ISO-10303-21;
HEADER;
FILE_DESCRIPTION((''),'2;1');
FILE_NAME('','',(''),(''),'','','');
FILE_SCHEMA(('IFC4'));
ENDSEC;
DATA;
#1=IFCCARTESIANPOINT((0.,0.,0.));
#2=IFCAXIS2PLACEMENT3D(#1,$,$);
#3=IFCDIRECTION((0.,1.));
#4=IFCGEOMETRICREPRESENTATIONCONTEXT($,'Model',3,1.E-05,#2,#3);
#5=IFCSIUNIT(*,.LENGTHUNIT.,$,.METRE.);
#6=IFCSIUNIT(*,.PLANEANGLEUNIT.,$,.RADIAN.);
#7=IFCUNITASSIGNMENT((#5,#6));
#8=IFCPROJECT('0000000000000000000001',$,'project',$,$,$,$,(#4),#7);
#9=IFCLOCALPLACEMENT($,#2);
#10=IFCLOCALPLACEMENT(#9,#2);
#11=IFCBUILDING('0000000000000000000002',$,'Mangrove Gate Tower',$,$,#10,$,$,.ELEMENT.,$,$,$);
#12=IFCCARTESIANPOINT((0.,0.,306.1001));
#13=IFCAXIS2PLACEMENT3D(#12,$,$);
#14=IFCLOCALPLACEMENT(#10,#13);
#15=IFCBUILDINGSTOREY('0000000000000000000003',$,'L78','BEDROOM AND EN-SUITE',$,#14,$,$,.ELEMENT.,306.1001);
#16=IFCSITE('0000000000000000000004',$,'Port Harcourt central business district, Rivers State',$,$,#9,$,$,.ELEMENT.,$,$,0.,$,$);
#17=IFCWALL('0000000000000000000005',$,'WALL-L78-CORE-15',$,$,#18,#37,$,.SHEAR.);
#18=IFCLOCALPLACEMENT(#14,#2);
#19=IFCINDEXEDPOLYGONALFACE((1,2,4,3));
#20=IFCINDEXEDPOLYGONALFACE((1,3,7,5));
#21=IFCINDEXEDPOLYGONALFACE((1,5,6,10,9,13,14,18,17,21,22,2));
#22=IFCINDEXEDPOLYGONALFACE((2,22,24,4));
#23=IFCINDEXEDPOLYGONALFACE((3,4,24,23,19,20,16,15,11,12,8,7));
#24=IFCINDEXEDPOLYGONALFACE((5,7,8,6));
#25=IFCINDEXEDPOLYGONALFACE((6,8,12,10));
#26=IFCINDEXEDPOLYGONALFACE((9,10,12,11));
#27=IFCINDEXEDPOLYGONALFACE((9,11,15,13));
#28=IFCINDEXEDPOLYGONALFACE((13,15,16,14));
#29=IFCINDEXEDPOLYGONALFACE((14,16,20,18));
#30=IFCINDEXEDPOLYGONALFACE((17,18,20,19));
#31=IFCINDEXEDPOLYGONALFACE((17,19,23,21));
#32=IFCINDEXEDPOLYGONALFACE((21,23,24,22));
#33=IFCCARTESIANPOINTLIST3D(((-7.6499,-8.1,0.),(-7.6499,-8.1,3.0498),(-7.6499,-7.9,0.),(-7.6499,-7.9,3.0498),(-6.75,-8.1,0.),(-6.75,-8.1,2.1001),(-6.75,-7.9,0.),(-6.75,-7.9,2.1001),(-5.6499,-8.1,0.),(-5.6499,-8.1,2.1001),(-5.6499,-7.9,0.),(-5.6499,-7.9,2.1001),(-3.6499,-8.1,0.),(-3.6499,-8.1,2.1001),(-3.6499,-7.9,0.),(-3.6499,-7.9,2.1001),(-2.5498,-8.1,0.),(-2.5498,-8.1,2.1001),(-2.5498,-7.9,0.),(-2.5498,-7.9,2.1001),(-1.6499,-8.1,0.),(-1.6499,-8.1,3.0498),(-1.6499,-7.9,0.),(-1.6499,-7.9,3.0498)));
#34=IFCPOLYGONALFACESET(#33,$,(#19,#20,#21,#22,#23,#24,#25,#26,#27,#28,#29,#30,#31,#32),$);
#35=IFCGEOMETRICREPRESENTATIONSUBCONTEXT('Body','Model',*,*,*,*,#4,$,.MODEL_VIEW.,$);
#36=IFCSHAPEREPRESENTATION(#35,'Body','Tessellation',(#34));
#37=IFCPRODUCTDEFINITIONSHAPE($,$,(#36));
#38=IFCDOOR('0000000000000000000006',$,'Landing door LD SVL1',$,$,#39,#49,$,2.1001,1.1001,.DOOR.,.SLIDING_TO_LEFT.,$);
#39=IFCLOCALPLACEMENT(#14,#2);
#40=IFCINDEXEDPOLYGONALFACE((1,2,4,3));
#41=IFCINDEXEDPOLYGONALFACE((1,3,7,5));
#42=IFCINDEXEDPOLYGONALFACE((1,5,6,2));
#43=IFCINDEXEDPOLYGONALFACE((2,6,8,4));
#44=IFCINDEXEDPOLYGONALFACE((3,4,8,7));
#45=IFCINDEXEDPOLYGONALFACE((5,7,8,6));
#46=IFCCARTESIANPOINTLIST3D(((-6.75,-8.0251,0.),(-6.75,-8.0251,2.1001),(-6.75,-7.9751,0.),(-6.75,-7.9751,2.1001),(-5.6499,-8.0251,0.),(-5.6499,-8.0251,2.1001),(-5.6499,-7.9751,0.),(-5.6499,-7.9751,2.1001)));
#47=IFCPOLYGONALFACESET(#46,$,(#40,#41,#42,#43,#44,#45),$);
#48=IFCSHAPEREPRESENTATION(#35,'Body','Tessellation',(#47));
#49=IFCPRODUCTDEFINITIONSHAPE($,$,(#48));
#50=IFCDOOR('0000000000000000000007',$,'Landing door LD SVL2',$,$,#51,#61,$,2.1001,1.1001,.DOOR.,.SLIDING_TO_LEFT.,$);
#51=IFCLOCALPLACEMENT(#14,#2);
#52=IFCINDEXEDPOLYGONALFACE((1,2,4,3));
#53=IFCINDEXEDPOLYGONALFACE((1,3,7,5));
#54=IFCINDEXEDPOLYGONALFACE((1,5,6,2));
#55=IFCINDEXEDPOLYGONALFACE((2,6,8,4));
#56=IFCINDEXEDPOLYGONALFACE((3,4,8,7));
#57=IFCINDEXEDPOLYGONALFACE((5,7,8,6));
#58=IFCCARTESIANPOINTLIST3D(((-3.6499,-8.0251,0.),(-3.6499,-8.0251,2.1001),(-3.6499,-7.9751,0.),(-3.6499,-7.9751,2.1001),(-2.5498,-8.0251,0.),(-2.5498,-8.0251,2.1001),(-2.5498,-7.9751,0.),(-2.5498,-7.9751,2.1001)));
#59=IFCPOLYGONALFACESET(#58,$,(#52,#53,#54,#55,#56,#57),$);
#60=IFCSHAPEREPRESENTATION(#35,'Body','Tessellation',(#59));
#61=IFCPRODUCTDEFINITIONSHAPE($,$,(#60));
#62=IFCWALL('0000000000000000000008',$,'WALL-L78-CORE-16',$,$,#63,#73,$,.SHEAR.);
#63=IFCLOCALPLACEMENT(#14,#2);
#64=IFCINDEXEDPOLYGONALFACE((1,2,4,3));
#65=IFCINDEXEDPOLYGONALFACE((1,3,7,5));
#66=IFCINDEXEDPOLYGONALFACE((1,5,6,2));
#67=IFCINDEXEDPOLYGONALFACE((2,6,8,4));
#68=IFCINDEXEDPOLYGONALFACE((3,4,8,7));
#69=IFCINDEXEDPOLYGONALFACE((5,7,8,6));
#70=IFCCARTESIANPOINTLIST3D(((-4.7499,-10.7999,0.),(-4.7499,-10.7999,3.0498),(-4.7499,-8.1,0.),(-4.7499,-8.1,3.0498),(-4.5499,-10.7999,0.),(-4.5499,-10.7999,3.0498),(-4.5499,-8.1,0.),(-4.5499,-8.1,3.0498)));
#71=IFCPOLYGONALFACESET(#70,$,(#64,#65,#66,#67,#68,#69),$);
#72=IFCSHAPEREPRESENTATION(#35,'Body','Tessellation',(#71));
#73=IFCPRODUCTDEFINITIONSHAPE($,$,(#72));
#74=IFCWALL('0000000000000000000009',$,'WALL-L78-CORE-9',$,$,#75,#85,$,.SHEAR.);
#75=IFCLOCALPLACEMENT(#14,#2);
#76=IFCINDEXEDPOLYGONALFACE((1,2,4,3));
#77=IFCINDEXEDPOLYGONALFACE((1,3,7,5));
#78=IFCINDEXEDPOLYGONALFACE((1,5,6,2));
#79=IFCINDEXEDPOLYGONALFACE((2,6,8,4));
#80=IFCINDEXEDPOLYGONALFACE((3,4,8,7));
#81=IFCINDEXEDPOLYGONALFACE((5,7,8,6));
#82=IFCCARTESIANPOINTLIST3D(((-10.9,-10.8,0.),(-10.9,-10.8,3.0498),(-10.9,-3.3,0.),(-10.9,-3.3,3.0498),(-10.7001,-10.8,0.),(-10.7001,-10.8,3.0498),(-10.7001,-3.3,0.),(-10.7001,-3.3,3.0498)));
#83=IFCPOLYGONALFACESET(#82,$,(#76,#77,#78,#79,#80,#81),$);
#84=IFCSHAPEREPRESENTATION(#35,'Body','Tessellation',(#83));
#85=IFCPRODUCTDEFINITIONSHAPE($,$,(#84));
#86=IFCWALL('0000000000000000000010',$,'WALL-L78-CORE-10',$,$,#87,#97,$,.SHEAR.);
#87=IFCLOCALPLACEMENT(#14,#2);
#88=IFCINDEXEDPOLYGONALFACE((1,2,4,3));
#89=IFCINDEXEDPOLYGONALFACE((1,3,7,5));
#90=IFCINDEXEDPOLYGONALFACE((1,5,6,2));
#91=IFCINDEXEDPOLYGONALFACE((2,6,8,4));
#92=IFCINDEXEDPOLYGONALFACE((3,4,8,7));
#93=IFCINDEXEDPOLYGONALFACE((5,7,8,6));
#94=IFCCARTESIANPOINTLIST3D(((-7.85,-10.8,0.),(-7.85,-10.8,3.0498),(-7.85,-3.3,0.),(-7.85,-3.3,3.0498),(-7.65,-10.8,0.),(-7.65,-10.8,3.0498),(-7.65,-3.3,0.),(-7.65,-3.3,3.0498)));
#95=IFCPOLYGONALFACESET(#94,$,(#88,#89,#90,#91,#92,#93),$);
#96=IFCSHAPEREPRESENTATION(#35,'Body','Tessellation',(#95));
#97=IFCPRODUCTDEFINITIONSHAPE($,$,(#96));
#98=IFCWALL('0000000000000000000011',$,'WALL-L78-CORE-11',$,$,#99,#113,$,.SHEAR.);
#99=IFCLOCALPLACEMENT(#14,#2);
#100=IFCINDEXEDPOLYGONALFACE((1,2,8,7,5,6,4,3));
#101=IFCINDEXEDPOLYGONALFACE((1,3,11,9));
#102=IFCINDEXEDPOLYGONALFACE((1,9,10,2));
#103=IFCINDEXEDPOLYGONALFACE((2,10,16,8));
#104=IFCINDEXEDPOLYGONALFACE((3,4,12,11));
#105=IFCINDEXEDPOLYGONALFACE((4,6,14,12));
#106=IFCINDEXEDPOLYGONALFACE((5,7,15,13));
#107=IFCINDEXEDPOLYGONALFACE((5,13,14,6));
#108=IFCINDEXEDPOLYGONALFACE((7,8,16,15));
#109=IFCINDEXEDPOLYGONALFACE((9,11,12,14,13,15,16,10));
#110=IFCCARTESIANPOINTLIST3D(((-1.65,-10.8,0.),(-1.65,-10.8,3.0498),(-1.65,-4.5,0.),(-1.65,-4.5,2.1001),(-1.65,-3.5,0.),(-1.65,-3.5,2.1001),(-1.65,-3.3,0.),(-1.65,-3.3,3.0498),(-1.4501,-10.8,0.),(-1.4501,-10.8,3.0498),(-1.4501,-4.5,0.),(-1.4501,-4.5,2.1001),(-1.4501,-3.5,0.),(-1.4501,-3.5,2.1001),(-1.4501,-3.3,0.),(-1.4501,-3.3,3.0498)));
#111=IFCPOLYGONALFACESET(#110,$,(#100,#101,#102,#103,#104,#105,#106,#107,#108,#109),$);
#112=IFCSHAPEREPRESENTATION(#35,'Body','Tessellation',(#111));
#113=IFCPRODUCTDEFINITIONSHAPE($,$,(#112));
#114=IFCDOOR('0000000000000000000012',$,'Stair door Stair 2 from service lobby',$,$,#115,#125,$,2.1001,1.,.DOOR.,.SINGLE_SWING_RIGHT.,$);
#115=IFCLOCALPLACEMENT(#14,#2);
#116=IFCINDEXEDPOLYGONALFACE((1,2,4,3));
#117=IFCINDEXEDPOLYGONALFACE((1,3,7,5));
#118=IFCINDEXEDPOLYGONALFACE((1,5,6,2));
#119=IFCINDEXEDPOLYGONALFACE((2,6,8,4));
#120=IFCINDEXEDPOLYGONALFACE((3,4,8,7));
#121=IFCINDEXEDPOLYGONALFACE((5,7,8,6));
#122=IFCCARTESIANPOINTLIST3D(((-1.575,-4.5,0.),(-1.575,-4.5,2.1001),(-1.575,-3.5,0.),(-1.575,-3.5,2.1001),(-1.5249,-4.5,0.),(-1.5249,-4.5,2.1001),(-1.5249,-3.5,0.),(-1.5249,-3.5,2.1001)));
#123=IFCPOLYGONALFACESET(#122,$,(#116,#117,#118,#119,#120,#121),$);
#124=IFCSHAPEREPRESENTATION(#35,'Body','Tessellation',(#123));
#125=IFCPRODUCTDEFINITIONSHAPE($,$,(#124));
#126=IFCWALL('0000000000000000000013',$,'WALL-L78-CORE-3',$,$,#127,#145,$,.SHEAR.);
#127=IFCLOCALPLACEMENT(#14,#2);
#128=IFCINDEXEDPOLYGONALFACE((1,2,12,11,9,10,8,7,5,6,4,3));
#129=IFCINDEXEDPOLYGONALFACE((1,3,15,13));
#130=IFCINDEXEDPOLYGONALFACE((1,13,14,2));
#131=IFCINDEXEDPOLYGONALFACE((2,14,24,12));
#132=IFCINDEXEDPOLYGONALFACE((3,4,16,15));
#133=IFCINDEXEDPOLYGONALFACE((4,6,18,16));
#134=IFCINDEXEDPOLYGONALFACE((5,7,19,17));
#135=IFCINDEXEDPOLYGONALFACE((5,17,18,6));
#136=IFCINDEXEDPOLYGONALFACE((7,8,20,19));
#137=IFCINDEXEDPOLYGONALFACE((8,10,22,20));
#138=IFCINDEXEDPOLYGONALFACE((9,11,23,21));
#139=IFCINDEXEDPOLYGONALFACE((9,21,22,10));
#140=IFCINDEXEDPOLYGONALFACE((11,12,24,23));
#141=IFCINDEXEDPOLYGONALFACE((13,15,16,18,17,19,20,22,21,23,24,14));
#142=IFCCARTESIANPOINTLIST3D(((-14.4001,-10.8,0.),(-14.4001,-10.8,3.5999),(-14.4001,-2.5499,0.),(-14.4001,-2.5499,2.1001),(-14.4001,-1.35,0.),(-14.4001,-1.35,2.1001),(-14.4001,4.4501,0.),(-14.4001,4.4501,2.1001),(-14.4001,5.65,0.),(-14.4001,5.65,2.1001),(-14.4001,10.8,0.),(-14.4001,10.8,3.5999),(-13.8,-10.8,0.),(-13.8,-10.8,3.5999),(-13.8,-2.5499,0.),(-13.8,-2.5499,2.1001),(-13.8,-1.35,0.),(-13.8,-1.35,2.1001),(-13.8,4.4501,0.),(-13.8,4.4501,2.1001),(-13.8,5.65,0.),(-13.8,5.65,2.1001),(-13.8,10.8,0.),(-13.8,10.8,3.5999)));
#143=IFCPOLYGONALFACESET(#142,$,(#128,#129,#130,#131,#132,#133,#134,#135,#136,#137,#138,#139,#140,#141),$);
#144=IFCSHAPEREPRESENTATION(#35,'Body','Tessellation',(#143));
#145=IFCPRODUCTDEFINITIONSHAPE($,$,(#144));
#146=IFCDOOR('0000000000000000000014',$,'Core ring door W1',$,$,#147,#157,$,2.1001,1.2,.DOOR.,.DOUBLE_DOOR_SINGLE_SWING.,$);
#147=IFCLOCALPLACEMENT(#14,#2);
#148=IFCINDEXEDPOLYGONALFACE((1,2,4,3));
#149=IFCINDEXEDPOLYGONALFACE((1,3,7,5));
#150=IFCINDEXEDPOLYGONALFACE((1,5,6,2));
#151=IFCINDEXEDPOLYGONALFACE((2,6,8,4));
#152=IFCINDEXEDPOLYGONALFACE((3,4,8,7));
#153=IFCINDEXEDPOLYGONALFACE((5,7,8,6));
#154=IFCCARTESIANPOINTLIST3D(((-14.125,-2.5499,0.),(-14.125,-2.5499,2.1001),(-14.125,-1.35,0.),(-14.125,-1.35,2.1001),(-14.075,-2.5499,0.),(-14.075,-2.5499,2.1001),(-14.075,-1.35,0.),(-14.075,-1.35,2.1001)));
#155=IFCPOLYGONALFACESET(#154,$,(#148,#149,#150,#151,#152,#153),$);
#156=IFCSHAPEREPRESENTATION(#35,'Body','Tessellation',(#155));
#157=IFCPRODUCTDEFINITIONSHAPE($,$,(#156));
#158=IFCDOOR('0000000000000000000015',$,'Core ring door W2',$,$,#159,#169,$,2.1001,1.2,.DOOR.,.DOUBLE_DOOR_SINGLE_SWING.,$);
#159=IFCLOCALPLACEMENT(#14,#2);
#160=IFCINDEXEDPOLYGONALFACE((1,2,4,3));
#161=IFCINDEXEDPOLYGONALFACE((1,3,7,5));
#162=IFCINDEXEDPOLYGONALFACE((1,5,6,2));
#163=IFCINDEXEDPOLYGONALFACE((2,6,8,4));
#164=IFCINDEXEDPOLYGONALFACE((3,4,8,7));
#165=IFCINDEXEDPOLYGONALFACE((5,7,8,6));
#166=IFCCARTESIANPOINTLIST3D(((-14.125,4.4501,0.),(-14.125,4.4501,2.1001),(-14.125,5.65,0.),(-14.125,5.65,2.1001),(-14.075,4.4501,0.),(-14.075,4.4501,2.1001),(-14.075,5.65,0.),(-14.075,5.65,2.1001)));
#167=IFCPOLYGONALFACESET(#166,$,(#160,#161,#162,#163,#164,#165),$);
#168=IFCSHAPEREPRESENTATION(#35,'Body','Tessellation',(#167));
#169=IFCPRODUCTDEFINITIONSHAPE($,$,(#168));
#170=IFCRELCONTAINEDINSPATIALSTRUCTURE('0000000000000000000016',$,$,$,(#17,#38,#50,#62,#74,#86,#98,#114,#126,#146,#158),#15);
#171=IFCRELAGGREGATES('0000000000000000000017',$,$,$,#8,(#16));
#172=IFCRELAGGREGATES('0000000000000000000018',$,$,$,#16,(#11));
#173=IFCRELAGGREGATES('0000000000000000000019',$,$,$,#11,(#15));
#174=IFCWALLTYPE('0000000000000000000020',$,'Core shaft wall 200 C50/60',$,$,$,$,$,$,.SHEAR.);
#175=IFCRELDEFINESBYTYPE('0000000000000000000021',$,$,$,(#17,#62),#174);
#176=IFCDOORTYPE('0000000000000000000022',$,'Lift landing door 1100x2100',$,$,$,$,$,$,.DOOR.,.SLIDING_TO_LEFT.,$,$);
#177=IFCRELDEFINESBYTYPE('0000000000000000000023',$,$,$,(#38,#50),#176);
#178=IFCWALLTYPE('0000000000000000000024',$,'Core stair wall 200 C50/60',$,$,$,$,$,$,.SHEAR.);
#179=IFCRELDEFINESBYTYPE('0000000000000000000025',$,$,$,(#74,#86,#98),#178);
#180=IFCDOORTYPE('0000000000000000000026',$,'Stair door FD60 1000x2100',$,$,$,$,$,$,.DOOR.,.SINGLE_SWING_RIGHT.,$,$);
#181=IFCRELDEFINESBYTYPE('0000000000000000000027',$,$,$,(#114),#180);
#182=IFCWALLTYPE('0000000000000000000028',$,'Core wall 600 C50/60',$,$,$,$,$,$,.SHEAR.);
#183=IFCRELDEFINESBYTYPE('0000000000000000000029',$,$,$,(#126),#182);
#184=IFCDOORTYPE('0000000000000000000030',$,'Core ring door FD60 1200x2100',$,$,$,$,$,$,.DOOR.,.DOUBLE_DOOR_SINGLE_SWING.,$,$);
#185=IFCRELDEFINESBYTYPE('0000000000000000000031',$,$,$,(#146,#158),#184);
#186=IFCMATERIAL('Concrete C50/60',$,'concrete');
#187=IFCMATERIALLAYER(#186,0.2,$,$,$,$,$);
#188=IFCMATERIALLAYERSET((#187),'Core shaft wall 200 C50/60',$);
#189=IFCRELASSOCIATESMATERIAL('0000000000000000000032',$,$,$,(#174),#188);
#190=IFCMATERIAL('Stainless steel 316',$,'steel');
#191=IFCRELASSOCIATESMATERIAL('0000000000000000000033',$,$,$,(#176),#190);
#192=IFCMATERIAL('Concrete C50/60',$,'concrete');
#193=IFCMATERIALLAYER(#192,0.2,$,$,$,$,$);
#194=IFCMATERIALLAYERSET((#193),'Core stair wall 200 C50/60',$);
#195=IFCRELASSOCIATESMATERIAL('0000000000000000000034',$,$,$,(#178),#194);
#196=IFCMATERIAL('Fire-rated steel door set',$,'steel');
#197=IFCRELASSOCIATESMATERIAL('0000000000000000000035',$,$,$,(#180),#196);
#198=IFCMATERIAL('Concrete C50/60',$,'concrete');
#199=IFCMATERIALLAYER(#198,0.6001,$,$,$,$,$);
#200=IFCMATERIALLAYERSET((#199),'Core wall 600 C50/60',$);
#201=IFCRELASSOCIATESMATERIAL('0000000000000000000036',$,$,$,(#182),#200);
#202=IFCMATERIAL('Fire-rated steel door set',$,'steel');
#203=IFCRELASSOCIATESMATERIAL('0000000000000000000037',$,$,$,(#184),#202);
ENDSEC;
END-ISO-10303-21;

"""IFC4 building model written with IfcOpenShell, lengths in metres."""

from ifc_helpers import new_model, si_unit, direction, frame, frame_2d, origin, place, context, subcontext, project, spatial, rectangle, extrude, material, layer, layer_set, type_object, element, fill, save


model = new_model("IFC4")

# Units and contexts
model_context = context("Model", 3, precision=1e-05, world=origin(), true_north=direction((0.0, 1.0)))
body_context = subcontext(model_context, "Body", "Model", "MODEL_VIEW")
ifc_project = project(units=[si_unit("LENGTHUNIT", "METRE"), si_unit("PLANEANGLEUNIT", "RADIAN")], contexts=[model_context])

# Site, building, storey
site_placement = place(None, origin())
site = spatial("IfcSite", under=ifc_project, at=site_placement, Name="Port Harcourt central business district, Rivers State", CompositionType="ELEMENT", RefElevation=0.0)
building_placement = place(site_placement, origin())
building = spatial("IfcBuilding", under=site, at=building_placement, Name="Mangrove Gate Tower", CompositionType="ELEMENT")
storey_placement = place(building_placement, frame((0.0, 0.0, 306.1001)))
storey = spatial("IfcBuildingStorey", under=building, at=storey_placement, Name="L78", Description="BEDROOM AND EN-SUITE", CompositionType="ELEMENT", Elevation=306.1001)

# Wall, openings, doors
ifc_material_1 = material(Name="Concrete C50/60", Category="concrete")
ifc_layer_1 = layer(ifc_material_1, 0.2)
ifc_layer_set_1 = layer_set([ifc_layer_1], Name="Core shaft wall 200 C50/60")
wall_type_1 = type_object("IfcWallType", Name="Core shaft wall 200 C50/60", PredefinedType="SHEAR", material=ifc_layer_set_1)
wall_1_placement = place(storey_placement, frame((-7.6499, -8.0, 0.0), z_axis=(0.0, 0.0, 1.0), x_axis=(1.0, 0.0, 0.0)))
wall_1 = element("IfcWall", 1, at=wall_1_placement, inside=storey, type_object=wall_type_1, Name="WALL-L78-CORE-15", PredefinedType="SHEAR", context=body_context, shape_type="SweptSolid", body=[
    extrude(rectangle(XDim=6.0, YDim=0.2, at=frame_2d((3.0, 0.0))), origin(), (0.0, 0.0, 1.0), 3.0498),
])
opening_1_placement = place(wall_1_placement, frame((0.8999, 0.0, 0.0)))
opening_1 = element("IfcOpeningElement", 2, at=opening_1_placement, cuts=wall_1, PredefinedType="OPENING", context=body_context, shape_type="SweptSolid", body=[
    extrude(rectangle(XDim=1.1001, YDim=2.1001, at=frame_2d((0.55, 1.05))), frame((0.0, 0.1099, 0.0), z_axis=(0.0, -1.0, 0.0), x_axis=(1.0, 0.0, 0.0)), (0.0, 0.0, 1.0), 0.22),
])
opening_2_placement = place(wall_1_placement, frame((4.0, 0.0, 0.0)))
opening_2 = element("IfcOpeningElement", 3, at=opening_2_placement, cuts=wall_1, PredefinedType="OPENING", context=body_context, shape_type="SweptSolid", body=[
    extrude(rectangle(XDim=1.1001, YDim=2.1001, at=frame_2d((0.55, 1.05))), frame((0.0, 0.1099, 0.0), z_axis=(0.0, -1.0, 0.0), x_axis=(1.0, 0.0, 0.0)), (0.0, 0.0, 1.0), 0.22),
])
ifc_material_2 = material(Name="Stainless steel 316", Category="steel")
door_type_1 = type_object("IfcDoorType", Name="Lift landing door 1100x2100", OperationType="SLIDING_TO_LEFT", PredefinedType="DOOR", material=ifc_material_2)
door_1_placement = place(opening_1_placement, origin())
door_1 = element("IfcDoor", 4, at=door_1_placement, inside=storey, type_object=door_type_1, Name="Landing door LD SVL1", OperationType="SLIDING_TO_LEFT", OverallHeight=2.1001, OverallWidth=1.1001, PredefinedType="DOOR", context=body_context, shape_type="SweptSolid", body=[
    extrude(rectangle(XDim=1.1001, YDim=2.1001, at=frame_2d((0.55, 1.05))), frame((0.0, 0.0249, 0.0), z_axis=(0.0, -1.0, 0.0), x_axis=(1.0, 0.0, 0.0)), (0.0, 0.0, 1.0), 0.05),
])
fill(opening_1, door_1)
door_2_placement = place(opening_2_placement, origin())
door_2 = element("IfcDoor", 5, at=door_2_placement, inside=storey, type_object=door_type_1, Name="Landing door LD SVL2", OperationType="SLIDING_TO_LEFT", OverallHeight=2.1001, OverallWidth=1.1001, PredefinedType="DOOR", context=body_context, shape_type="SweptSolid", body=[
    extrude(rectangle(XDim=1.1001, YDim=2.1001, at=frame_2d((0.55, 1.05))), frame((0.0, 0.0249, 0.0), z_axis=(0.0, -1.0, 0.0), x_axis=(1.0, 0.0, 0.0)), (0.0, 0.0, 1.0), 0.05),
])
fill(opening_2, door_2)

# Walls
wall_2_placement = place(storey_placement, frame((-4.6499, -10.8, 0.0), z_axis=(0.0, 0.0, 1.0), x_axis=(0.0, 1.0, 0.0)))
element("IfcWall", 6, at=wall_2_placement, inside=storey, type_object=wall_type_1, Name="WALL-L78-CORE-16", PredefinedType="SHEAR", context=body_context, shape_type="SweptSolid", body=[
    extrude(rectangle(XDim=2.7, YDim=0.2, at=frame_2d((1.3501, 0.0))), origin(), (0.0, 0.0, 1.0), 3.0498),
])
ifc_material_3 = material(Name="Concrete C50/60", Category="concrete")
ifc_layer_2 = layer(ifc_material_3, 0.2)
ifc_layer_set_2 = layer_set([ifc_layer_2], Name="Core stair wall 200 C50/60")
wall_type_2 = type_object("IfcWallType", Name="Core stair wall 200 C50/60", PredefinedType="SHEAR", material=ifc_layer_set_2)
for number, where, z_axis, x_axis, name in (
    (7, (-10.8, -10.8, 0.0), (0.0, 0.0, 1.0), (0.0, 1.0, 0.0), "WALL-L78-CORE-9"),
    (8, (-7.75, -10.8, 0.0), (0.0, 0.0, 1.0), (0.0, 1.0, 0.0), "WALL-L78-CORE-10"),
):
    element("IfcWall", number, at=place(storey_placement, frame(where, z_axis=z_axis, x_axis=x_axis)), inside=storey, type_object=wall_type_2, Name=name, PredefinedType="SHEAR", context=body_context, shape_type="SweptSolid", body=[
        extrude(rectangle(XDim=7.5, YDim=0.2, at=frame_2d((3.75, 0.0))), origin(), (0.0, 0.0, 1.0), 3.0498),
    ])

# Wall, opening, door
wall_3_placement = place(storey_placement, frame((-1.55, -10.8, 0.0), z_axis=(0.0, 0.0, 1.0), x_axis=(0.0, 1.0, 0.0)))
wall_3 = element("IfcWall", 9, at=wall_3_placement, inside=storey, type_object=wall_type_2, Name="WALL-L78-CORE-11", PredefinedType="SHEAR", context=body_context, shape_type="SweptSolid", body=[
    extrude(rectangle(XDim=7.5, YDim=0.2, at=frame_2d((3.75, 0.0))), origin(), (0.0, 0.0, 1.0), 3.0498),
])
opening_3_placement = place(wall_3_placement, frame((6.3, 0.0, 0.0)))
opening_3 = element("IfcOpeningElement", 10, at=opening_3_placement, cuts=wall_3, PredefinedType="OPENING", context=body_context, shape_type="SweptSolid", body=[
    extrude(rectangle(XDim=1.0, YDim=2.1001, at=frame_2d((0.5, 1.05))), frame((0.0, 0.1099, 0.0), z_axis=(0.0, -1.0, 0.0), x_axis=(1.0, 0.0, 0.0)), (0.0, 0.0, 1.0), 0.22),
])
ifc_material_4 = material(Name="Fire-rated steel door set", Category="steel")
door_type_2 = type_object("IfcDoorType", Name="Stair door FD60 1000x2100", OperationType="SINGLE_SWING_RIGHT", PredefinedType="DOOR", material=ifc_material_4)
door_3_placement = place(opening_3_placement, origin())
door_3 = element("IfcDoor", 11, at=door_3_placement, inside=storey, type_object=door_type_2, Name="Stair door Stair 2 from service lobby", OperationType="SINGLE_SWING_RIGHT", OverallHeight=2.1001, OverallWidth=1.0, PredefinedType="DOOR", context=body_context, shape_type="SweptSolid", body=[
    extrude(rectangle(XDim=1.0, YDim=2.1001, at=frame_2d((0.5, 1.05))), frame((0.0, 0.0249, 0.0), z_axis=(0.0, -1.0, 0.0), x_axis=(1.0, 0.0, 0.0)), (0.0, 0.0, 1.0), 0.05),
])
fill(opening_3, door_3)

# Wall, openings, doors
ifc_material_5 = material(Name="Concrete C50/60", Category="concrete")
ifc_layer_3 = layer(ifc_material_5, 0.6001)
ifc_layer_set_3 = layer_set([ifc_layer_3], Name="Core wall 600 C50/60")
wall_type_3 = type_object("IfcWallType", Name="Core wall 600 C50/60", PredefinedType="SHEAR", material=ifc_layer_set_3)
wall_4_placement = place(storey_placement, frame((-14.1001, -10.8, 0.0), z_axis=(0.0, 0.0, 1.0), x_axis=(0.0, 1.0, 0.0)))
wall_4 = element("IfcWall", 12, at=wall_4_placement, inside=storey, type_object=wall_type_3, Name="WALL-L78-CORE-3", PredefinedType="SHEAR", context=body_context, shape_type="SweptSolid", body=[
    extrude(rectangle(XDim=21.6001, YDim=0.6001, at=frame_2d((10.8, 0.0))), origin(), (0.0, 0.0, 1.0), 3.5999),
])
opening_4_placement = place(wall_4_placement, frame((8.25, 0.0, 0.0)))
opening_4 = element("IfcOpeningElement", 13, at=opening_4_placement, cuts=wall_4, PredefinedType="OPENING", context=body_context, shape_type="SweptSolid", body=[
    extrude(rectangle(XDim=1.2, YDim=2.1001, at=frame_2d((0.6001, 1.05))), frame((0.0, 0.3101, 0.0), z_axis=(0.0, -1.0, 0.0), x_axis=(1.0, 0.0, 0.0)), (0.0, 0.0, 1.0), 0.6201),
])
opening_5_placement = place(wall_4_placement, frame((15.25, 0.0, 0.0)))
opening_5 = element("IfcOpeningElement", 14, at=opening_5_placement, cuts=wall_4, PredefinedType="OPENING", context=body_context, shape_type="SweptSolid", body=[
    extrude(rectangle(XDim=1.2, YDim=2.1001, at=frame_2d((0.6001, 1.05))), frame((0.0, 0.3101, 0.0), z_axis=(0.0, -1.0, 0.0), x_axis=(1.0, 0.0, 0.0)), (0.0, 0.0, 1.0), 0.6201),
])
ifc_material_6 = material(Name="Fire-rated steel door set", Category="steel")
door_type_3 = type_object("IfcDoorType", Name="Core ring door FD60 1200x2100", OperationType="DOUBLE_DOOR_SINGLE_SWING", PredefinedType="DOOR", material=ifc_material_6)
door_4_placement = place(opening_4_placement, origin())
door_4 = element("IfcDoor", 15, at=door_4_placement, inside=storey, type_object=door_type_3, Name="Core ring door W1", OperationType="DOUBLE_DOOR_SINGLE_SWING", OverallHeight=2.1001, OverallWidth=1.2, PredefinedType="DOOR", context=body_context, shape_type="SweptSolid", body=[
    extrude(rectangle(XDim=1.2, YDim=2.1001, at=frame_2d((0.6001, 1.05))), frame((0.0, 0.0249, 0.0), z_axis=(0.0, -1.0, 0.0), x_axis=(1.0, 0.0, 0.0)), (0.0, 0.0, 1.0), 0.05),
])
fill(opening_4, door_4)
door_5_placement = place(opening_5_placement, origin())
door_5 = element("IfcDoor", 16, at=door_5_placement, inside=storey, type_object=door_type_3, Name="Core ring door W2", OperationType="DOUBLE_DOOR_SINGLE_SWING", OverallHeight=2.1001, OverallWidth=1.2, PredefinedType="DOOR", context=body_context, shape_type="SweptSolid", body=[
    extrude(rectangle(XDim=1.2, YDim=2.1001, at=frame_2d((0.6001, 1.05))), frame((0.0, 0.0249, 0.0), z_axis=(0.0, -1.0, 0.0), x_axis=(1.0, 0.0, 0.0)), (0.0, 0.0, 1.0), 0.05),
])
fill(opening_5, door_5)

save(model, "model.ifc")
